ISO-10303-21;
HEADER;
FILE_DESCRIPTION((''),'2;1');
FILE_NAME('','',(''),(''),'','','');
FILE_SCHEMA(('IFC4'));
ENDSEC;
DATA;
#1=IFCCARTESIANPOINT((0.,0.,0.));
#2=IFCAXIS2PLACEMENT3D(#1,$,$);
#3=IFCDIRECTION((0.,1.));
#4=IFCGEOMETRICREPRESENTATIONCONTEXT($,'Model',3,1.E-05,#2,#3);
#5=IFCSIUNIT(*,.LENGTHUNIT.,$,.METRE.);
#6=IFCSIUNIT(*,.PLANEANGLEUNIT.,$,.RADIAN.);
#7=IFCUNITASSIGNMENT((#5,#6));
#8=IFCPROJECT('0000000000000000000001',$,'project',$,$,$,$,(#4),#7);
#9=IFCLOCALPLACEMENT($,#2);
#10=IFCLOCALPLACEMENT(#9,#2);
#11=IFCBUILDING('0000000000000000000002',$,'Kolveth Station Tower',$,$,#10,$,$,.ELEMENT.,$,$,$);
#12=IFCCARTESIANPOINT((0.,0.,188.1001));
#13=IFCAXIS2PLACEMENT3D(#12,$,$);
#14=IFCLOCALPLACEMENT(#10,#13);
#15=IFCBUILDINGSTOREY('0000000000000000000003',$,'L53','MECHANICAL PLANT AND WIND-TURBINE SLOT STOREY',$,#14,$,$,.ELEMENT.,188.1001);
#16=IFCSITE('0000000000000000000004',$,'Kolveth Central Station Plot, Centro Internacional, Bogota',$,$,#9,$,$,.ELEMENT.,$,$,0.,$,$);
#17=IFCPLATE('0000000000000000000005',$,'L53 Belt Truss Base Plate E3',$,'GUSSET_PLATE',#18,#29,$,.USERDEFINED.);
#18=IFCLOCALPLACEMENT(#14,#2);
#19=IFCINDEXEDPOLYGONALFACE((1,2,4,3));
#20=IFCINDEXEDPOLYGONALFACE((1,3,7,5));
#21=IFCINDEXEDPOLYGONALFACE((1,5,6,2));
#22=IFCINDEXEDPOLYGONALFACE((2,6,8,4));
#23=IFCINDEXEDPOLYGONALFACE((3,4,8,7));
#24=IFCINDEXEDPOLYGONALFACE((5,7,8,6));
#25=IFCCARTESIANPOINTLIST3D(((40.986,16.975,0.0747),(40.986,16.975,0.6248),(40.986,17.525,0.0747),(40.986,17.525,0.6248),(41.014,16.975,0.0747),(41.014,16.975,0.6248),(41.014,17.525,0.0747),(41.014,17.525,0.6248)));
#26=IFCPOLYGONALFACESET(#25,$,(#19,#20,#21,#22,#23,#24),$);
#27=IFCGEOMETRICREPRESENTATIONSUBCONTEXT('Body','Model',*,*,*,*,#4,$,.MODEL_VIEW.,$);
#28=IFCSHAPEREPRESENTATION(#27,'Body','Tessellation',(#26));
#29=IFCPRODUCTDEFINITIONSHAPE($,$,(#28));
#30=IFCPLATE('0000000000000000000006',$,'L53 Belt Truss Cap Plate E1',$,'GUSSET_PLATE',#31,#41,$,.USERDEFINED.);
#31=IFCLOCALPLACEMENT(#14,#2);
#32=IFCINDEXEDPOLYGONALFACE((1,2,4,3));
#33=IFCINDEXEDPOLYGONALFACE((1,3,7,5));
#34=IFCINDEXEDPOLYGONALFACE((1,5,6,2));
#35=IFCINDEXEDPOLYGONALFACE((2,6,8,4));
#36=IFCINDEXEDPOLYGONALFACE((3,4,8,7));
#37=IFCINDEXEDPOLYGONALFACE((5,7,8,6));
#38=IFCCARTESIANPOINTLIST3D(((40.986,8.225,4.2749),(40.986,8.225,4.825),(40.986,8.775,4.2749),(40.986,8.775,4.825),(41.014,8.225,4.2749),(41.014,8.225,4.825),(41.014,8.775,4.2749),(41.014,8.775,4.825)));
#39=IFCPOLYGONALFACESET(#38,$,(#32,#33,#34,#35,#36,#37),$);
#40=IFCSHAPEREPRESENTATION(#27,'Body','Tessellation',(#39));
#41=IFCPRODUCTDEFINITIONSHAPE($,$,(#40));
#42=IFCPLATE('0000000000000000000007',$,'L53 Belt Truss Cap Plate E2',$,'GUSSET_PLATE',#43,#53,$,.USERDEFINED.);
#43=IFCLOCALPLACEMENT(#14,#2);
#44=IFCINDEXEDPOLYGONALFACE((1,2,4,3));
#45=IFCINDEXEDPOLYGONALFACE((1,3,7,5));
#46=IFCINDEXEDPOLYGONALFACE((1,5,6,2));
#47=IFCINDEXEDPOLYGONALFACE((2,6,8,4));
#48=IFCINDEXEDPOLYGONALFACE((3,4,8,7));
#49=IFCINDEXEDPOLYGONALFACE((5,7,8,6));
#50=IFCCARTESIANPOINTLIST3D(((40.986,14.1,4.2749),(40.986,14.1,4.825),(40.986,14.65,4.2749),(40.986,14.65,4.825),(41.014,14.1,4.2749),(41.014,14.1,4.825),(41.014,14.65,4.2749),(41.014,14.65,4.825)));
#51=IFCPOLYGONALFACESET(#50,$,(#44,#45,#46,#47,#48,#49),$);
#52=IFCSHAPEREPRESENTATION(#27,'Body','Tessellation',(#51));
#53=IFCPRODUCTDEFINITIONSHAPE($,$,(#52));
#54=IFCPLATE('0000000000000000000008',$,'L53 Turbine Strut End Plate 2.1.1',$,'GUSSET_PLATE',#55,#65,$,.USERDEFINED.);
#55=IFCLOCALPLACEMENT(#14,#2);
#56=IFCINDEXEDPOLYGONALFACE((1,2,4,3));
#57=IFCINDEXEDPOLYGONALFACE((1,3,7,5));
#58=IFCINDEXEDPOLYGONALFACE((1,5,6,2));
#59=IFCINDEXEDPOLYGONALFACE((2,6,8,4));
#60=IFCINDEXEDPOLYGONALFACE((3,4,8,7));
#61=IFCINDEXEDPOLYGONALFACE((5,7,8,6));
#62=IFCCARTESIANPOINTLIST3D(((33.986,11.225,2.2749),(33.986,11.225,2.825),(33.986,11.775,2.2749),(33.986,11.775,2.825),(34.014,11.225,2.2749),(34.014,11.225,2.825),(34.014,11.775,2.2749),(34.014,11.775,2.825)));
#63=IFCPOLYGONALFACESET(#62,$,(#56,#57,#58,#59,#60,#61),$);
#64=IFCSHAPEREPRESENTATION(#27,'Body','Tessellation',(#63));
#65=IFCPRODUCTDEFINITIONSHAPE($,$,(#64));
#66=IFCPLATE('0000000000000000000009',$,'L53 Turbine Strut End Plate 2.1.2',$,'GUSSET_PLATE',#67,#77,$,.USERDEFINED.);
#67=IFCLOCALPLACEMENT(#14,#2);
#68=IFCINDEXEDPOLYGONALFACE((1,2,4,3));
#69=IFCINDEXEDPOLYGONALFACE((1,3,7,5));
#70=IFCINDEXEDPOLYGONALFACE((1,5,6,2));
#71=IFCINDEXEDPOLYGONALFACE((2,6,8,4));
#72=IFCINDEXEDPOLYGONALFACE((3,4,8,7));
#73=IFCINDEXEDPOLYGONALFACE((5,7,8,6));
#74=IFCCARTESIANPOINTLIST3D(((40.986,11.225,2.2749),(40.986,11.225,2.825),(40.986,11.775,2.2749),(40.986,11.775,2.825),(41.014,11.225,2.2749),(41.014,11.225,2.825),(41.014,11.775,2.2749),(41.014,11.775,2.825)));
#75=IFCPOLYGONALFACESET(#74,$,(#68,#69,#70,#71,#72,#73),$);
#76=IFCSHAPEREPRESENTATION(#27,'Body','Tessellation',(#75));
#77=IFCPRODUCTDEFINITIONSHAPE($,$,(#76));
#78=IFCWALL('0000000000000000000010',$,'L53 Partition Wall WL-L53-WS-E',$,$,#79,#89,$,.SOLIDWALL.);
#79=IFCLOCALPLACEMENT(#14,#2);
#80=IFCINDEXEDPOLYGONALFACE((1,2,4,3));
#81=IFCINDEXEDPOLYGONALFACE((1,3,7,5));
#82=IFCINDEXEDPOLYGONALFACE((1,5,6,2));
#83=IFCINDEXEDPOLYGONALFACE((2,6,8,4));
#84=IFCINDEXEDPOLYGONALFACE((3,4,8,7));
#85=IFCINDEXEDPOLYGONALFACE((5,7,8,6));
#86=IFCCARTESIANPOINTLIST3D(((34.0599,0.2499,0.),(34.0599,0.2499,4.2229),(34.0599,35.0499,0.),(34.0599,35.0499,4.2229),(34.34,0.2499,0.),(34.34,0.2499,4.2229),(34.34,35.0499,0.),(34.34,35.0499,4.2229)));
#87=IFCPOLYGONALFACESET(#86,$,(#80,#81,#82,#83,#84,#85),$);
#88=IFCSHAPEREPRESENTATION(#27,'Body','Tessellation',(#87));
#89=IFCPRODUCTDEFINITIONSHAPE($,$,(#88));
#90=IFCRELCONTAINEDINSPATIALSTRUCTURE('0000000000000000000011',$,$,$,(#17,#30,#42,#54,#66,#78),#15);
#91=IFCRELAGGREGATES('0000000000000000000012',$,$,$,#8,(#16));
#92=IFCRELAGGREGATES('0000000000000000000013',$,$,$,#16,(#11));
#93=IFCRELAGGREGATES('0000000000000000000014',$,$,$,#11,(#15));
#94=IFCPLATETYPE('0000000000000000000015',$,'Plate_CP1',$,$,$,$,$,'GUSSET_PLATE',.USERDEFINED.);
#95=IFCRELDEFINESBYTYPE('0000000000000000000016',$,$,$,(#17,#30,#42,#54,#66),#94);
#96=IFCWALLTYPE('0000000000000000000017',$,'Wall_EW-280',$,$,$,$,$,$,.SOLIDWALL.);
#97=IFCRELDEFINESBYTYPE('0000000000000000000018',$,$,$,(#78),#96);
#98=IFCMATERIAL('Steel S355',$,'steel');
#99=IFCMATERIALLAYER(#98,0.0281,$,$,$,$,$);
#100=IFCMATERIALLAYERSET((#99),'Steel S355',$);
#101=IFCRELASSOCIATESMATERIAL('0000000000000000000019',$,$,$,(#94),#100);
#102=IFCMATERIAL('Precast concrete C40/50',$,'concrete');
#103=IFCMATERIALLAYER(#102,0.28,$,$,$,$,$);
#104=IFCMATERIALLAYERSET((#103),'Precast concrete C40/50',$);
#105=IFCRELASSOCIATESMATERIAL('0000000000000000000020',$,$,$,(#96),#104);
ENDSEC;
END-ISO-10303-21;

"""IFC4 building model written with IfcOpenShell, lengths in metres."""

from ifc_helpers import new_model, si_unit, direction, frame, frame_2d, origin, origin_2d, place, context, subcontext, project, spatial, rectangle, extrude, source, transform, mapped, material, layer, layer_set, type_object, element, save


model = new_model("IFC4")

# Units and contexts
model_context = context("Model", 3, precision=1e-05, world=origin(), true_north=direction((0.0, 1.0)))
body_context = subcontext(model_context, "Body", "Model", "MODEL_VIEW")
ifc_project = project(units=[si_unit("LENGTHUNIT", "METRE"), si_unit("PLANEANGLEUNIT", "RADIAN")], contexts=[model_context])

# Site, building, storey
site_placement = place(None, origin())
site = spatial("IfcSite", under=ifc_project, at=site_placement, Name="Kolveth Central Station Plot, Centro Internacional, Bogota", CompositionType="ELEMENT", RefElevation=0.0)
building_placement = place(site_placement, origin())
building = spatial("IfcBuilding", under=site, at=building_placement, Name="Kolveth Station Tower", CompositionType="ELEMENT")
storey_placement = place(building_placement, frame((0.0, 0.0, 188.1001)))
storey = spatial("IfcBuildingStorey", under=building, at=storey_placement, Name="L53", Description="MECHANICAL PLANT AND WIND-TURBINE SLOT STOREY", CompositionType="ELEMENT", Elevation=188.1001)

# Shared definitions
ifc_material_1 = material(Name="Steel S355", Category="steel")

# Plates
ifc_layer_1 = layer(ifc_material_1, 0.0281)
ifc_layer_set_1 = layer_set([ifc_layer_1], Name="Steel S355")
plate_type_1 = type_object("IfcPlateType", Name="Plate_CP1", ElementType="GUSSET_PLATE", PredefinedType="USERDEFINED", material=ifc_layer_set_1)
shared_shape_1 = source(origin(), body_context, "Body", "SweptSolid", [
    extrude(rectangle(XDim=0.0281, YDim=0.55, at=origin_2d()), origin(), (0.0, 0.0, 1.0), 0.55),
])
for number, where, z_axis, x_axis, name in (
    (1, (41.0, 17.25, 0.0747), (0.0, 0.0, 1.0), (1.0, 0.0, 0.0), "L53 Belt Truss Base Plate E3"),
    (2, (41.0, 8.5, 4.2749), (0.0, 0.0, 1.0), (1.0, 0.0, 0.0), "L53 Belt Truss Cap Plate E1"),
    (3, (41.0, 14.375, 4.2749), (0.0, 0.0, 1.0), (1.0, 0.0, 0.0), "L53 Belt Truss Cap Plate E2"),
    (4, (34.0, 11.5, 2.2749), (0.0, 0.0, 1.0), (1.0, 0.0, 0.0), "L53 Turbine Strut End Plate 2.1.1"),
    (5, (41.0, 11.5, 2.2749), (0.0, 0.0, 1.0), (1.0, 0.0, 0.0), "L53 Turbine Strut End Plate 2.1.2"),
):
    element("IfcPlate", number, at=place(storey_placement, frame(where, z_axis=z_axis, x_axis=x_axis)), inside=storey, type_object=plate_type_1, Name=name, ObjectType="GUSSET_PLATE", PredefinedType="USERDEFINED", context=body_context, shape_type="MappedRepresentation", body=[
        mapped(shared_shape_1, transform((0.0, 0.0, 0.0), x_axis=(1.0, 0.0, 0.0), y_axis=(0.0, 1.0, 0.0), z_axis=(0.0, 0.0, 1.0), scale=1.0)),
    ])

# Wall
ifc_material_2 = material(Name="Precast concrete C40/50", Category="concrete")
ifc_layer_2 = layer(ifc_material_2, 0.28)
ifc_layer_set_2 = layer_set([ifc_layer_2], Name="Precast concrete C40/50")
wall_type = type_object("IfcWallType", Name="Wall_EW-280", PredefinedType="SOLIDWALL", material=ifc_layer_set_2)
wall_placement = place(storey_placement, frame((34.2, 0.25, 0.0), z_axis=(0.0, 0.0, 1.0), x_axis=(0.0, 1.0, 0.0)))
element("IfcWall", 6, at=wall_placement, inside=storey, type_object=wall_type, Name="L53 Partition Wall WL-L53-WS-E", PredefinedType="SOLIDWALL", context=body_context, shape_type="SweptSolid", body=[
    extrude(rectangle(XDim=34.8, YDim=0.28, at=frame_2d((17.3999, 0.0))), origin(), (0.0, 0.0, 1.0), 4.2229),
])

save(model, "model.ifc")
